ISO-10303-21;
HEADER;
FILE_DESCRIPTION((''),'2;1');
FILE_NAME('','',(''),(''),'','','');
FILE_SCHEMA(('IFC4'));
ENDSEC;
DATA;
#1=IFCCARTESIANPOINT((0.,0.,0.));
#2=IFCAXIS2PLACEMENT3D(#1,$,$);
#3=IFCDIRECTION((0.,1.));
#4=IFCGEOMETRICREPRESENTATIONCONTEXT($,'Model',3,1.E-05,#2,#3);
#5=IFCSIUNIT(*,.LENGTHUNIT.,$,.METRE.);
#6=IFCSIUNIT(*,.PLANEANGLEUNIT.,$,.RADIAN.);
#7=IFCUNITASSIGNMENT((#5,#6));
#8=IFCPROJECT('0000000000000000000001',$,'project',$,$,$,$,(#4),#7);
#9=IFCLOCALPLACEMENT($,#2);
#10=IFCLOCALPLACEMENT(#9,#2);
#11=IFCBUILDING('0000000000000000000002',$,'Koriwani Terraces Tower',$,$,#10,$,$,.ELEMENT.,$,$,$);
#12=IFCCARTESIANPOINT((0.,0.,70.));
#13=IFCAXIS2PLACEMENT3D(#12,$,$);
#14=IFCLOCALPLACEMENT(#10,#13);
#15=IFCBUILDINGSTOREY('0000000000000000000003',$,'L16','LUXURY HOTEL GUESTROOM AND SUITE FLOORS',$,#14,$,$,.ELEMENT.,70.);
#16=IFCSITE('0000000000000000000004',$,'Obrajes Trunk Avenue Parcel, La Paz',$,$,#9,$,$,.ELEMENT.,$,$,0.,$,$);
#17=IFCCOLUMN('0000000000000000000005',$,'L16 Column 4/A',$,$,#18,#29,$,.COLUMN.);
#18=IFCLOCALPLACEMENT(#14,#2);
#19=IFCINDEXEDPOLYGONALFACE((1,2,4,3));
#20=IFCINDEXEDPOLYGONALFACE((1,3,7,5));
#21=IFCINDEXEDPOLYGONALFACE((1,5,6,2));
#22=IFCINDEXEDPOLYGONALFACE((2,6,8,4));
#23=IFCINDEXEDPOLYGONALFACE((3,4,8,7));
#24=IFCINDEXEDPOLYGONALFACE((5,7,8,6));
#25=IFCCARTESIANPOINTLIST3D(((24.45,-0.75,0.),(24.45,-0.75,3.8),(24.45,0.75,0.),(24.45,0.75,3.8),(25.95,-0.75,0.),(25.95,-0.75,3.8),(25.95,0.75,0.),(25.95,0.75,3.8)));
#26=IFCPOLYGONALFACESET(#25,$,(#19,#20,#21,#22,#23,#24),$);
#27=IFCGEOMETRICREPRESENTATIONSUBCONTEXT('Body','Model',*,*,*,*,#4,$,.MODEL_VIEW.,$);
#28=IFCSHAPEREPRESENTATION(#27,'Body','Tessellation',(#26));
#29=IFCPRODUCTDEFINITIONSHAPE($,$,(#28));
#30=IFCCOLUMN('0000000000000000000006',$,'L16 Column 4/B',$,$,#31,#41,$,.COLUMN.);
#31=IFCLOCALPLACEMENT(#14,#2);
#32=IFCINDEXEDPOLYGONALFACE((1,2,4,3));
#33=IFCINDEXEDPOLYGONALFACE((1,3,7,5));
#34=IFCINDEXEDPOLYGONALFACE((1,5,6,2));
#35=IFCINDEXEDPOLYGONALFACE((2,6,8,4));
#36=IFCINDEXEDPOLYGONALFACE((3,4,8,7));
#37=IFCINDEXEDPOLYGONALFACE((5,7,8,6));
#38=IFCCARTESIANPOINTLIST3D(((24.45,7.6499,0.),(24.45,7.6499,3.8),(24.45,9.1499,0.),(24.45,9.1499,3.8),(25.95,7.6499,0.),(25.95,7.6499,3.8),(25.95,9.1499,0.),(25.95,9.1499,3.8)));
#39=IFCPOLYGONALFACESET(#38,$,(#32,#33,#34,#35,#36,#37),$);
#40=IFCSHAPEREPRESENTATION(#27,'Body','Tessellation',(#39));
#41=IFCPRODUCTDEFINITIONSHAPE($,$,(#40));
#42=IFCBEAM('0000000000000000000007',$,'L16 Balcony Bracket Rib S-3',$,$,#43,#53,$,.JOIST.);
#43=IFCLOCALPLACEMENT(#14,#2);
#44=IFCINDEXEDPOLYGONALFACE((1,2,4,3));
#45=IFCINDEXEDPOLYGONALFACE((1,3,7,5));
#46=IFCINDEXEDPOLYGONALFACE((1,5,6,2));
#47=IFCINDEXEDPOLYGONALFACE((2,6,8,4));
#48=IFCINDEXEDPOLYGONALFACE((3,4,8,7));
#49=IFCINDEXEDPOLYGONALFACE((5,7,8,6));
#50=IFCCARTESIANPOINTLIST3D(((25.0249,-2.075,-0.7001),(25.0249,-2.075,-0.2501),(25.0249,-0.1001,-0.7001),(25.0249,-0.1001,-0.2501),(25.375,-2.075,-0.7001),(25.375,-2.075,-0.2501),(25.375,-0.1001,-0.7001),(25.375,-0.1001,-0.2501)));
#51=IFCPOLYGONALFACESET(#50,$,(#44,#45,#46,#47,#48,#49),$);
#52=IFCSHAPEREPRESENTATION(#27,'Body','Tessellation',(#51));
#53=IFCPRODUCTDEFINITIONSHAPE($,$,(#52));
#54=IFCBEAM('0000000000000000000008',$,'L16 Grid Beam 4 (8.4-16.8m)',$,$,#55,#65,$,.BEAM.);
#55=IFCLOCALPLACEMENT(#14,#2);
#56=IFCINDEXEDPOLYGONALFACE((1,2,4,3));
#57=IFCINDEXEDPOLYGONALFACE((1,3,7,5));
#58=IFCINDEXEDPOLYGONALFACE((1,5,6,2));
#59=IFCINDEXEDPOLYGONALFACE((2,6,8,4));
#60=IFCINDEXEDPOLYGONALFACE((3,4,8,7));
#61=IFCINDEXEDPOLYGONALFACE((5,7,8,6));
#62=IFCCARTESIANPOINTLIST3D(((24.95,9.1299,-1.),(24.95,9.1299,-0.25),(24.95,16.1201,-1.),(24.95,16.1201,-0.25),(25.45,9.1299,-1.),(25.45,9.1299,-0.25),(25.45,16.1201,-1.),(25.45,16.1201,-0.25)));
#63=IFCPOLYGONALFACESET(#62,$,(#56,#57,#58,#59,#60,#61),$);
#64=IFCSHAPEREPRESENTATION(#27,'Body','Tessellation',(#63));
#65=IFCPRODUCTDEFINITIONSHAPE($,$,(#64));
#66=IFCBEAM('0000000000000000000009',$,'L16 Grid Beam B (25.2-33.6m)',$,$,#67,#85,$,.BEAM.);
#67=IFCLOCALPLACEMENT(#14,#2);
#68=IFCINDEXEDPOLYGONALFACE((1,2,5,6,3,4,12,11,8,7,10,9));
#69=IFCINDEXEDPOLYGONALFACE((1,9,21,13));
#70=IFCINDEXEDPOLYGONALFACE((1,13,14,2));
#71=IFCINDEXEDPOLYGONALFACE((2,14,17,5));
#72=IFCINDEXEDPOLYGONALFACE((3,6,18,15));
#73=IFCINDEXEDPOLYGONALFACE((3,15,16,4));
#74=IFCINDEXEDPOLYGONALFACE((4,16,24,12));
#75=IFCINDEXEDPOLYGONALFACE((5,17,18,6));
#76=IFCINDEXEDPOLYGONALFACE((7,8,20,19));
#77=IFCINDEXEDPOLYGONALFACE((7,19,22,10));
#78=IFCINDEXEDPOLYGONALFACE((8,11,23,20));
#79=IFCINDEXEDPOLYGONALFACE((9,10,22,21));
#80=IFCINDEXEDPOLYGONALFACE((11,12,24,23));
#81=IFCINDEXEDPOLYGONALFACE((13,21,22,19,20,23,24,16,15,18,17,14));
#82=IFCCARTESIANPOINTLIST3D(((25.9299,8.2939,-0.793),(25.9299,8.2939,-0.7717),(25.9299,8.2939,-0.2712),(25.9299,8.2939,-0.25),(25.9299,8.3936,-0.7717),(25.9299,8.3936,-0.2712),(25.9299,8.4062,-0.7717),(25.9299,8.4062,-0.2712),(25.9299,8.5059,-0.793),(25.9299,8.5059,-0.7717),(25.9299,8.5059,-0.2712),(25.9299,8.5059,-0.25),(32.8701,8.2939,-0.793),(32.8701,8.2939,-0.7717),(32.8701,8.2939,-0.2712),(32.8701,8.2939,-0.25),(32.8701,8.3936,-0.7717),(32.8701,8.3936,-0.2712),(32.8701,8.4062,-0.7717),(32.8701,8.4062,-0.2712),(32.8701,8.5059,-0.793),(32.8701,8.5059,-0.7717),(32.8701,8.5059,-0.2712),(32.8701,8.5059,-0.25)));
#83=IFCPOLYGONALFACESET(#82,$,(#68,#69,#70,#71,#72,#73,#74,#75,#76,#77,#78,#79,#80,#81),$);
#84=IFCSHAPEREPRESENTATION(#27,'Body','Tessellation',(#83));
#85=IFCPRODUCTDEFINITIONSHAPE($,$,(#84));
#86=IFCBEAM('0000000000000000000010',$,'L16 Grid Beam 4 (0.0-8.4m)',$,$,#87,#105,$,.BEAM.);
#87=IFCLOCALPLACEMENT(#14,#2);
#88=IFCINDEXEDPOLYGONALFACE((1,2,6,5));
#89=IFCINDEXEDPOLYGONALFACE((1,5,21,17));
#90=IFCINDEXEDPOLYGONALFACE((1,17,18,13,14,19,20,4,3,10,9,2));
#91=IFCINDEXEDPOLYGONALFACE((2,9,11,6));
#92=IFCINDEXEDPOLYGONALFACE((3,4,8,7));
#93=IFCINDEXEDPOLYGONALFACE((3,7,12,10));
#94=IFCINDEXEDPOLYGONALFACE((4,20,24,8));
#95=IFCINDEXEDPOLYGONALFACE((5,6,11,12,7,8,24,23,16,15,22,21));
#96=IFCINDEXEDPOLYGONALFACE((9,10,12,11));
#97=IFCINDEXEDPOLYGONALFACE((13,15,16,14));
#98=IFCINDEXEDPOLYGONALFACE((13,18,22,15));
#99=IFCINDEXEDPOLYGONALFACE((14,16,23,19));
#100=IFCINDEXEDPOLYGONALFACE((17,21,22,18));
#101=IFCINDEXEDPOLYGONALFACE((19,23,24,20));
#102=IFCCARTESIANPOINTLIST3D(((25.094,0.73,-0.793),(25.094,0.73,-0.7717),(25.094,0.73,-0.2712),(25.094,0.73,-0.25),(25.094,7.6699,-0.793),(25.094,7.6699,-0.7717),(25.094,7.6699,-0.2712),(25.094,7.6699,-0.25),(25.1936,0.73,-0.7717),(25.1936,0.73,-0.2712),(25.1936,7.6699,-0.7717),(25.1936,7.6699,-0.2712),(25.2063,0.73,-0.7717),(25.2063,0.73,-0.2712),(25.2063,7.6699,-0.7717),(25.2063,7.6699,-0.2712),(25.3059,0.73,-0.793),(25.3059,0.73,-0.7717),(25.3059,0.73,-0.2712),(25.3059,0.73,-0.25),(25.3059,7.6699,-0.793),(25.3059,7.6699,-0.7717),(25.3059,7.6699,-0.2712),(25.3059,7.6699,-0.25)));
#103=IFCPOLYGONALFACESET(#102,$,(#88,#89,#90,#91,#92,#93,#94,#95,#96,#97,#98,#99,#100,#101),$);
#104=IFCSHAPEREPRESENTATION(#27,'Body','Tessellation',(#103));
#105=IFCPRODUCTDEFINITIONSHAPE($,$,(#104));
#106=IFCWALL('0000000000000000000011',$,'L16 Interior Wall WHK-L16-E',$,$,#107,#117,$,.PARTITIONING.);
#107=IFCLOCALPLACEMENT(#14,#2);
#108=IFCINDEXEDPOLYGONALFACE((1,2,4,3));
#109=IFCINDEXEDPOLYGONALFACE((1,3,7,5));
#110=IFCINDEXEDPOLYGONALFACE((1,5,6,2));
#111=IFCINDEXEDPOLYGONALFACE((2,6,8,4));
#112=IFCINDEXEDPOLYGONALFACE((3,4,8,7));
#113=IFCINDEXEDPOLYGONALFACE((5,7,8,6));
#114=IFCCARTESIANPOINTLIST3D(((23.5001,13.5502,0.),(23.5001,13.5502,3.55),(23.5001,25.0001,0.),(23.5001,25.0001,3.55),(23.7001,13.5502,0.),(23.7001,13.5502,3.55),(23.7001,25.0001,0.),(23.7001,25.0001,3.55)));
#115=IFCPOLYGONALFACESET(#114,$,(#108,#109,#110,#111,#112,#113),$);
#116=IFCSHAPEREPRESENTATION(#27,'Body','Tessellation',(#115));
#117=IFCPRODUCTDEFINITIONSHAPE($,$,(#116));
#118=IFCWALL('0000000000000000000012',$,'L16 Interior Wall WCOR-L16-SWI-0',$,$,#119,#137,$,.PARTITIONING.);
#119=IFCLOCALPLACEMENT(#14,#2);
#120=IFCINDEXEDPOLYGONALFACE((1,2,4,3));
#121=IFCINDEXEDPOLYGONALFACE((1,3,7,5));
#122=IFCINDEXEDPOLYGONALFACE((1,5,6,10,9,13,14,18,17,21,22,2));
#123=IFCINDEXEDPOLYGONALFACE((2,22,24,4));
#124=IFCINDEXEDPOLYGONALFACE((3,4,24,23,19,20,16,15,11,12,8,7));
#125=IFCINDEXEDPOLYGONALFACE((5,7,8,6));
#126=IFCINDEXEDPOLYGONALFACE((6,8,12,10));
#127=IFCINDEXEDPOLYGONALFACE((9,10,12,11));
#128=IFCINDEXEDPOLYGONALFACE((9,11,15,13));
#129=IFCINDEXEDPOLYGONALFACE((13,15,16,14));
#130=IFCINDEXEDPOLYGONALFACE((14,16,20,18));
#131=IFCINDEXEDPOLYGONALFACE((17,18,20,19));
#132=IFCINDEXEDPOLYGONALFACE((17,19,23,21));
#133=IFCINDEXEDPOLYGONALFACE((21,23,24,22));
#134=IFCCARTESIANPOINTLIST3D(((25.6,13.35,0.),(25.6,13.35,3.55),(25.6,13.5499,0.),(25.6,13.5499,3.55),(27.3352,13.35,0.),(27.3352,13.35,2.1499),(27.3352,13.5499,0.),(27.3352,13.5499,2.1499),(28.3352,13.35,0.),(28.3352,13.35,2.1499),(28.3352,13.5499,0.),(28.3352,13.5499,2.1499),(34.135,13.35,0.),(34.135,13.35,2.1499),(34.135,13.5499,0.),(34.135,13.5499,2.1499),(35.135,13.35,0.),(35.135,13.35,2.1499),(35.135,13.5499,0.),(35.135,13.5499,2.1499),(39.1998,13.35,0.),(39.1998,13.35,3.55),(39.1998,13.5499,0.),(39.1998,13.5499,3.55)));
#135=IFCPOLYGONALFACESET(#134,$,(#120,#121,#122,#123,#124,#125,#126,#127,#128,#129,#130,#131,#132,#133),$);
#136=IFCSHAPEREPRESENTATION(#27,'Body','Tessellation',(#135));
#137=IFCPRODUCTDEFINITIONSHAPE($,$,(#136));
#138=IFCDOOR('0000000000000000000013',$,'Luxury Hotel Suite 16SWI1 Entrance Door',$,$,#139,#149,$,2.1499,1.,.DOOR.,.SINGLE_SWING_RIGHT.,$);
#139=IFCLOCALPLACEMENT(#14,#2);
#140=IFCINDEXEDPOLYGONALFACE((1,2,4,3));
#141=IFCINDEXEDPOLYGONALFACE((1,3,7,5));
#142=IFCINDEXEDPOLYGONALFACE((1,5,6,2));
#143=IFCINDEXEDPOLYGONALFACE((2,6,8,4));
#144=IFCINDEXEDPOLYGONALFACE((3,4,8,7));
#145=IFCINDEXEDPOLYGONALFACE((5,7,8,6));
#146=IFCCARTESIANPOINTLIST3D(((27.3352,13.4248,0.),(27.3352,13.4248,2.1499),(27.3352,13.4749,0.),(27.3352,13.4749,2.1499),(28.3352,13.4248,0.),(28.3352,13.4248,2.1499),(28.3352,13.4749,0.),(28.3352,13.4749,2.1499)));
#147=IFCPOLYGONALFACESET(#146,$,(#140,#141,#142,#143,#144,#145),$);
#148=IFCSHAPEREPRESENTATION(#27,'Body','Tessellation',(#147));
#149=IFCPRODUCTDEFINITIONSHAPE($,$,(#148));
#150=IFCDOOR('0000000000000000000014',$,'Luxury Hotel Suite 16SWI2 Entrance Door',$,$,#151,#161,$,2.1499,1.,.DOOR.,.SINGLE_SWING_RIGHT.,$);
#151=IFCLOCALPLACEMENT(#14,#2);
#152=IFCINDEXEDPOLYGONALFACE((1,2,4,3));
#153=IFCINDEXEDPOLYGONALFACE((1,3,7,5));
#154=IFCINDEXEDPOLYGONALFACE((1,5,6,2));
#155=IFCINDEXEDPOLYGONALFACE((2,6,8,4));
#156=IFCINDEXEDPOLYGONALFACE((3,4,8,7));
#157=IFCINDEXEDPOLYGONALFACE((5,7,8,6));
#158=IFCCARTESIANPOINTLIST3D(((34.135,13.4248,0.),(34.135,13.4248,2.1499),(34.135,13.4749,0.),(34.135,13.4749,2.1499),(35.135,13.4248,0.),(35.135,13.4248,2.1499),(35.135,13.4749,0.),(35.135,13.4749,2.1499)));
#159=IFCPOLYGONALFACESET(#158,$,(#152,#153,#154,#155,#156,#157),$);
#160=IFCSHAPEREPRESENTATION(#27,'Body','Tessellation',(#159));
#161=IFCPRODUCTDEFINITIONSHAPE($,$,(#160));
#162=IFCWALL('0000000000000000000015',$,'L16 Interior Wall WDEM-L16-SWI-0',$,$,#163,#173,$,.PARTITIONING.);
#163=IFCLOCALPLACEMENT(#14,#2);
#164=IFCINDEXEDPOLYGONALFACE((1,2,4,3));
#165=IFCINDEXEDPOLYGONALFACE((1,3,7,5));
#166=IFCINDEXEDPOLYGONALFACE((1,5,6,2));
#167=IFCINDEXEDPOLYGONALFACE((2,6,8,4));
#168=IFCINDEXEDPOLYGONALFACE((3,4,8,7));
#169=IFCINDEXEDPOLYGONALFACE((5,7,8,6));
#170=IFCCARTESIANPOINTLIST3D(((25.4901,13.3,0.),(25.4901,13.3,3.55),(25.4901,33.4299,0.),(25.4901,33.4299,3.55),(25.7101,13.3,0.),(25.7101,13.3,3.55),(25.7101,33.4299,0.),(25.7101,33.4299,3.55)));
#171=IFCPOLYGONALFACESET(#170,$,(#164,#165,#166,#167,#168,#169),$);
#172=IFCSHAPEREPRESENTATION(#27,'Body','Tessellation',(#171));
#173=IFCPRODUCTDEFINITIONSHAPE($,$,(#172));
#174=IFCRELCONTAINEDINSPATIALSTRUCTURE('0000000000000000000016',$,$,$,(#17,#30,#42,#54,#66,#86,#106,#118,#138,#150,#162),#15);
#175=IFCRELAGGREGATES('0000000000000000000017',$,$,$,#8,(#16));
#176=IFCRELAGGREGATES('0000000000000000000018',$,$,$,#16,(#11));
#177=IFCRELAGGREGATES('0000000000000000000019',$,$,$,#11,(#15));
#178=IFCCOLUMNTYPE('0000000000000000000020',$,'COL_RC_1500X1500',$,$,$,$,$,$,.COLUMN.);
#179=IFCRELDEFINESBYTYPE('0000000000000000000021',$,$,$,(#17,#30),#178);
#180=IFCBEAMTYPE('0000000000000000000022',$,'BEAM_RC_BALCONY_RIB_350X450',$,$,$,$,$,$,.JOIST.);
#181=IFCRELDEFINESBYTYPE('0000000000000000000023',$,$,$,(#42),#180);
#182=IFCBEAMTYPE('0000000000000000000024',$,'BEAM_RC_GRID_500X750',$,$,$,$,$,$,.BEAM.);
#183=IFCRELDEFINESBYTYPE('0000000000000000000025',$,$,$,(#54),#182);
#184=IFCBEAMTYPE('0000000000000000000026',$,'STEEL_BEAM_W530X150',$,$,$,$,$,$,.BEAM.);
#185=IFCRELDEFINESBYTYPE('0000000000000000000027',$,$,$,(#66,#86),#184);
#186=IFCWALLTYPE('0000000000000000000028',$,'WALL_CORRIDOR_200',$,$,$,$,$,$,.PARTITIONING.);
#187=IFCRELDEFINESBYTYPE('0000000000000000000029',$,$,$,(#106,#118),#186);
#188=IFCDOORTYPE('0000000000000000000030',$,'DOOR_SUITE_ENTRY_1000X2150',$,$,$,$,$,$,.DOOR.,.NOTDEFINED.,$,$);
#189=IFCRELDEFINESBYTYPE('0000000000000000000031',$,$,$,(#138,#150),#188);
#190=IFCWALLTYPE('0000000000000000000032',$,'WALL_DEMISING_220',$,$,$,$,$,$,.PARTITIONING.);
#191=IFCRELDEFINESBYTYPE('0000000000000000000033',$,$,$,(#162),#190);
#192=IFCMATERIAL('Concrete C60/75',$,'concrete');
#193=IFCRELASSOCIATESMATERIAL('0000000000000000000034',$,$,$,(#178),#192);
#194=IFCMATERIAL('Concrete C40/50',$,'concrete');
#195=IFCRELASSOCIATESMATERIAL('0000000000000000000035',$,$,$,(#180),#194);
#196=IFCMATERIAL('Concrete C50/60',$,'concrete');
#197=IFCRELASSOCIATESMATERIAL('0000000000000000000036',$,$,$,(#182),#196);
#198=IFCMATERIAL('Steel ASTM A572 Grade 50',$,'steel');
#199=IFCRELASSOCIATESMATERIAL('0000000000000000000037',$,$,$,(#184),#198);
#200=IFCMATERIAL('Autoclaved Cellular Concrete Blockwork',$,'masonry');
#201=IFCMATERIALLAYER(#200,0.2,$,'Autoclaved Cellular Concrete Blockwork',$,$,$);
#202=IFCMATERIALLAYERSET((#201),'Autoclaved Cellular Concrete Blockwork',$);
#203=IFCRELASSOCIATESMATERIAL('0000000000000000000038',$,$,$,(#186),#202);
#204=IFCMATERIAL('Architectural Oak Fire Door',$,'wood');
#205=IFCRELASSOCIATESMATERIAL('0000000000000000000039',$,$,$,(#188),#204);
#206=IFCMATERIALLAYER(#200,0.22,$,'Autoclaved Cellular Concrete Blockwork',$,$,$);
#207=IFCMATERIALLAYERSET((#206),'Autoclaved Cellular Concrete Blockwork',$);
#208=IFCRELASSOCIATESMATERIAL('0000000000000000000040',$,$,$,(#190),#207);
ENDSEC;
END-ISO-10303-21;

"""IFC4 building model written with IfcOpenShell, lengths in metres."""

from ifc_helpers import new_model, si_unit, direction, frame, frame_2d, origin, origin_2d, place, context, subcontext, project, spatial, rectangle, i_section, extrude, material, layer, layer_set, material_profile, profile_set, type_object, element, fill, save


model = new_model("IFC4")

# Units and contexts
model_context = context("Model", 3, precision=1e-05, world=origin(), true_north=direction((0.0, 1.0)))
body_context = subcontext(model_context, "Body", "Model", "MODEL_VIEW")
ifc_project = project(units=[si_unit("LENGTHUNIT", "METRE"), si_unit("PLANEANGLEUNIT", "RADIAN")], contexts=[model_context])

# Site, building, storey
site_placement = place(None, origin())
site = spatial("IfcSite", under=ifc_project, at=site_placement, Name="Obrajes Trunk Avenue Parcel, La Paz", CompositionType="ELEMENT", RefElevation=0.0)
building_placement = place(site_placement, origin())
building = spatial("IfcBuilding", under=site, at=building_placement, Name="Koriwani Terraces Tower", CompositionType="ELEMENT")
storey_placement = place(building_placement, frame((0.0, 0.0, 70.0)))
storey = spatial("IfcBuildingStorey", under=building, at=storey_placement, Name="L16", Description="LUXURY HOTEL GUESTROOM AND SUITE FLOORS", CompositionType="ELEMENT", Elevation=70.0)

# Columns
ifc_material_1 = material(Name="Concrete C60/75", Category="concrete")
ifc_material_profile_1 = material_profile(ifc_material_1, rectangle(XDim=1.5, YDim=1.5, at=origin_2d()), Name="Concrete C60/75", Category="LoadBearing")
ifc_profile_set_1 = profile_set([ifc_material_profile_1], Name="Concrete C60/75")
column_type = type_object("IfcColumnType", Name="COL_RC_1500X1500", PredefinedType="COLUMN", material=ifc_profile_set_1)
for number, where, z_axis, x_axis, name in (
    (1, (25.2, 0.0, 0.0), (0.0, 0.0, 1.0), (1.0, 0.0, 0.0), "L16 Column 4/A"),
    (2, (25.2, 8.3999, 0.0), (0.0, 0.0, 1.0), (1.0, 0.0, 0.0), "L16 Column 4/B"),
):
    element("IfcColumn", number, at=place(storey_placement, frame(where, z_axis=z_axis, x_axis=x_axis)), inside=storey, type_object=column_type, Name=name, PredefinedType="COLUMN", context=body_context, shape_type="SweptSolid", body=[
        extrude(rectangle(XDim=1.5, YDim=1.5, at=origin_2d()), origin(), (0.0, 0.0, 1.0), 3.8),
    ])

# Beams
ifc_material_2 = material(Name="Concrete C40/50", Category="concrete")
ifc_material_profile_2 = material_profile(ifc_material_2, rectangle(XDim=0.3501, YDim=0.45, at=origin_2d()), Name="Concrete C40/50", Category="LoadBearing")
ifc_profile_set_2 = profile_set([ifc_material_profile_2], Name="Concrete C40/50")
beam_type_1 = type_object("IfcBeamType", Name="BEAM_RC_BALCONY_RIB_350X450", PredefinedType="JOIST", material=ifc_profile_set_2)
beam_1_placement = place(storey_placement, frame((25.2, -2.075, -0.4751), z_axis=(0.0, 1.0, 0.0), x_axis=(-1.0, 0.0, 0.0)))
element("IfcBeam", 3, at=beam_1_placement, inside=storey, type_object=beam_type_1, Name="L16 Balcony Bracket Rib S-3", PredefinedType="JOIST", context=body_context, shape_type="SweptSolid", body=[
    extrude(rectangle(XDim=0.3501, YDim=0.45, at=origin_2d()), origin(), (0.0, 0.0, 1.0), 1.9749),
])
ifc_material_3 = material(Name="Concrete C50/60", Category="concrete")
ifc_material_profile_3 = material_profile(ifc_material_3, rectangle(XDim=0.5, YDim=0.75, at=origin_2d()), Name="Concrete C50/60", Category="LoadBearing")
ifc_profile_set_3 = profile_set([ifc_material_profile_3], Name="Concrete C50/60")
beam_type_2 = type_object("IfcBeamType", Name="BEAM_RC_GRID_500X750", PredefinedType="BEAM", material=ifc_profile_set_3)
beam_2_placement = place(storey_placement, frame((25.2, 9.1299, -0.625), z_axis=(0.0, 1.0, 0.0), x_axis=(-1.0, 0.0, 0.0)))
element("IfcBeam", 4, at=beam_2_placement, inside=storey, type_object=beam_type_2, Name="L16 Grid Beam 4 (8.4-16.8m)", PredefinedType="BEAM", context=body_context, shape_type="SweptSolid", body=[
    extrude(rectangle(XDim=0.5, YDim=0.75, at=origin_2d()), origin(), (0.0, 0.0, 1.0), 6.9902),
])
ifc_material_4 = material(Name="Steel ASTM A572 Grade 50", Category="steel")
ifc_material_profile_4 = material_profile(ifc_material_4, i_section(OverallWidth=0.2119, OverallDepth=0.543, WebThickness=0.0127, FlangeThickness=0.0212, at=origin_2d()), Name="Steel ASTM A572 Grade 50", Category="LoadBearing")
ifc_profile_set_4 = profile_set([ifc_material_profile_4], Name="Steel ASTM A572 Grade 50")
beam_type_3 = type_object("IfcBeamType", Name="STEEL_BEAM_W530X150", PredefinedType="BEAM", material=ifc_profile_set_4)
beam_3_placement = place(storey_placement, frame((25.9299, 8.3999, -0.5215), z_axis=(1.0, 0.0, 0.0), x_axis=(0.0, 1.0, 0.0)))
element("IfcBeam", 5, at=beam_3_placement, inside=storey, type_object=beam_type_3, Name="L16 Grid Beam B (25.2-33.6m)", PredefinedType="BEAM", context=body_context, shape_type="SweptSolid", body=[
    extrude(i_section(OverallWidth=0.2119, OverallDepth=0.543, WebThickness=0.0127, FlangeThickness=0.0212, at=origin_2d()), origin(), (0.0, 0.0, 1.0), 6.9402),
])
beam_4_placement = place(storey_placement, frame((25.2, 0.73, -0.5215), z_axis=(0.0, 1.0, 0.0), x_axis=(-1.0, 0.0, 0.0)))
element("IfcBeam", 6, at=beam_4_placement, inside=storey, type_object=beam_type_3, Name="L16 Grid Beam 4 (0.0-8.4m)", PredefinedType="BEAM", context=body_context, shape_type="SweptSolid", body=[
    extrude(i_section(OverallWidth=0.2119, OverallDepth=0.543, WebThickness=0.0127, FlangeThickness=0.0212, at=origin_2d()), origin(), (0.0, 0.0, 1.0), 6.9399),
])

# Wall
ifc_material_5 = material(Name="Autoclaved Cellular Concrete Blockwork", Category="masonry")
ifc_layer_1 = layer(ifc_material_5, 0.2, Name="Autoclaved Cellular Concrete Blockwork")
ifc_layer_set_1 = layer_set([ifc_layer_1], Name="Autoclaved Cellular Concrete Blockwork")
wall_type_1 = type_object("IfcWallType", Name="WALL_CORRIDOR_200", PredefinedType="PARTITIONING", material=ifc_layer_set_1)
wall_1_placement = place(storey_placement, frame((23.6001, 13.55, 0.0), z_axis=(0.0, 0.0, 1.0), x_axis=(0.0, 1.0, 0.0)))
element("IfcWall", 7, at=wall_1_placement, inside=storey, type_object=wall_type_1, Name="L16 Interior Wall WHK-L16-E", PredefinedType="PARTITIONING", context=body_context, shape_type="SweptSolid", body=[
    extrude(rectangle(XDim=11.45, YDim=0.2, at=frame_2d((5.7251, 0.0))), origin(), (0.0, 0.0, 1.0), 3.55),
])

# Wall, openings, doors
wall_2_placement = place(storey_placement, frame((25.6001, 13.45, 0.0), z_axis=(0.0, 0.0, 1.0), x_axis=(1.0, 0.0, 0.0)))
wall_2 = element("IfcWall", 8, at=wall_2_placement, inside=storey, type_object=wall_type_1, Name="L16 Interior Wall WCOR-L16-SWI-0", PredefinedType="PARTITIONING", context=body_context, shape_type="SweptSolid", body=[
    extrude(rectangle(XDim=13.5999, YDim=0.2, at=frame_2d((6.7998, 0.0))), origin(), (0.0, 0.0, 1.0), 3.55),
])
opening_1_placement = place(wall_2_placement, frame((1.7351, 0.0, 0.0)))
opening_1 = element("IfcOpeningElement", 9, at=opening_1_placement, cuts=wall_2, PredefinedType="OPENING", context=body_context, shape_type="SweptSolid", body=[
    extrude(rectangle(XDim=1.0, YDim=2.1499, at=frame_2d((0.5, 1.075))), frame((0.0, 0.1099, 0.0), z_axis=(0.0, -1.0, 0.0), x_axis=(1.0, 0.0, 0.0)), (0.0, 0.0, 1.0), 0.22),
])
opening_2_placement = place(wall_2_placement, frame((8.5349, 0.0, 0.0)))
opening_2 = element("IfcOpeningElement", 10, at=opening_2_placement, cuts=wall_2, PredefinedType="OPENING", context=body_context, shape_type="SweptSolid", body=[
    extrude(rectangle(XDim=1.0, YDim=2.1499, at=frame_2d((0.5, 1.075))), frame((0.0, 0.1099, 0.0), z_axis=(0.0, -1.0, 0.0), x_axis=(1.0, 0.0, 0.0)), (0.0, 0.0, 1.0), 0.22),
])
ifc_material_6 = material(Name="Architectural Oak Fire Door", Category="wood")
door_type_1 = type_object("IfcDoorType", Name="DOOR_SUITE_ENTRY_1000X2150", OperationType="NOTDEFINED", PredefinedType="DOOR", material=ifc_material_6)
door_1_placement = place(opening_1_placement, origin())
door_1 = element("IfcDoor", 11, at=door_1_placement, inside=storey, type_object=door_type_1, Name="Luxury Hotel Suite 16SWI1 Entrance Door", OperationType="SINGLE_SWING_RIGHT", OverallHeight=2.1499, OverallWidth=1.0, PredefinedType="DOOR", context=body_context, shape_type="SweptSolid", body=[
    extrude(rectangle(XDim=1.0, YDim=2.1499, at=frame_2d((0.5, 1.075))), frame((0.0, 0.0249, 0.0), z_axis=(0.0, -1.0, 0.0), x_axis=(1.0, 0.0, 0.0)), (0.0, 0.0, 1.0), 0.05),
])
fill(opening_1, door_1)
door_2_placement = place(opening_2_placement, origin())
door_2 = element("IfcDoor", 12, at=door_2_placement, inside=storey, type_object=door_type_1, Name="Luxury Hotel Suite 16SWI2 Entrance Door", OperationType="SINGLE_SWING_RIGHT", OverallHeight=2.1499, OverallWidth=1.0, PredefinedType="DOOR", context=body_context, shape_type="SweptSolid", body=[
    extrude(rectangle(XDim=1.0, YDim=2.1499, at=frame_2d((0.5, 1.075))), frame((0.0, 0.0249, 0.0), z_axis=(0.0, -1.0, 0.0), x_axis=(1.0, 0.0, 0.0)), (0.0, 0.0, 1.0), 0.05),
])
fill(opening_2, door_2)

# Wall
ifc_layer_2 = layer(ifc_material_5, 0.22, Name="Autoclaved Cellular Concrete Blockwork")
ifc_layer_set_2 = layer_set([ifc_layer_2], Name="Autoclaved Cellular Concrete Blockwork")
wall_type_2 = type_object("IfcWallType", Name="WALL_DEMISING_220", PredefinedType="PARTITIONING", material=ifc_layer_set_2)
wall_3_placement = place(storey_placement, frame((25.6001, 13.3, 0.0), z_axis=(0.0, 0.0, 1.0), x_axis=(0.0, 1.0, 0.0)))
element("IfcWall", 13, at=wall_3_placement, inside=storey, type_object=wall_type_2, Name="L16 Interior Wall WDEM-L16-SWI-0", PredefinedType="PARTITIONING", context=body_context, shape_type="SweptSolid", body=[
    extrude(rectangle(XDim=20.1299, YDim=0.22, at=frame_2d((10.0649, 0.0))), origin(), (0.0, 0.0, 1.0), 3.55),
])

save(model, "model.ifc")
